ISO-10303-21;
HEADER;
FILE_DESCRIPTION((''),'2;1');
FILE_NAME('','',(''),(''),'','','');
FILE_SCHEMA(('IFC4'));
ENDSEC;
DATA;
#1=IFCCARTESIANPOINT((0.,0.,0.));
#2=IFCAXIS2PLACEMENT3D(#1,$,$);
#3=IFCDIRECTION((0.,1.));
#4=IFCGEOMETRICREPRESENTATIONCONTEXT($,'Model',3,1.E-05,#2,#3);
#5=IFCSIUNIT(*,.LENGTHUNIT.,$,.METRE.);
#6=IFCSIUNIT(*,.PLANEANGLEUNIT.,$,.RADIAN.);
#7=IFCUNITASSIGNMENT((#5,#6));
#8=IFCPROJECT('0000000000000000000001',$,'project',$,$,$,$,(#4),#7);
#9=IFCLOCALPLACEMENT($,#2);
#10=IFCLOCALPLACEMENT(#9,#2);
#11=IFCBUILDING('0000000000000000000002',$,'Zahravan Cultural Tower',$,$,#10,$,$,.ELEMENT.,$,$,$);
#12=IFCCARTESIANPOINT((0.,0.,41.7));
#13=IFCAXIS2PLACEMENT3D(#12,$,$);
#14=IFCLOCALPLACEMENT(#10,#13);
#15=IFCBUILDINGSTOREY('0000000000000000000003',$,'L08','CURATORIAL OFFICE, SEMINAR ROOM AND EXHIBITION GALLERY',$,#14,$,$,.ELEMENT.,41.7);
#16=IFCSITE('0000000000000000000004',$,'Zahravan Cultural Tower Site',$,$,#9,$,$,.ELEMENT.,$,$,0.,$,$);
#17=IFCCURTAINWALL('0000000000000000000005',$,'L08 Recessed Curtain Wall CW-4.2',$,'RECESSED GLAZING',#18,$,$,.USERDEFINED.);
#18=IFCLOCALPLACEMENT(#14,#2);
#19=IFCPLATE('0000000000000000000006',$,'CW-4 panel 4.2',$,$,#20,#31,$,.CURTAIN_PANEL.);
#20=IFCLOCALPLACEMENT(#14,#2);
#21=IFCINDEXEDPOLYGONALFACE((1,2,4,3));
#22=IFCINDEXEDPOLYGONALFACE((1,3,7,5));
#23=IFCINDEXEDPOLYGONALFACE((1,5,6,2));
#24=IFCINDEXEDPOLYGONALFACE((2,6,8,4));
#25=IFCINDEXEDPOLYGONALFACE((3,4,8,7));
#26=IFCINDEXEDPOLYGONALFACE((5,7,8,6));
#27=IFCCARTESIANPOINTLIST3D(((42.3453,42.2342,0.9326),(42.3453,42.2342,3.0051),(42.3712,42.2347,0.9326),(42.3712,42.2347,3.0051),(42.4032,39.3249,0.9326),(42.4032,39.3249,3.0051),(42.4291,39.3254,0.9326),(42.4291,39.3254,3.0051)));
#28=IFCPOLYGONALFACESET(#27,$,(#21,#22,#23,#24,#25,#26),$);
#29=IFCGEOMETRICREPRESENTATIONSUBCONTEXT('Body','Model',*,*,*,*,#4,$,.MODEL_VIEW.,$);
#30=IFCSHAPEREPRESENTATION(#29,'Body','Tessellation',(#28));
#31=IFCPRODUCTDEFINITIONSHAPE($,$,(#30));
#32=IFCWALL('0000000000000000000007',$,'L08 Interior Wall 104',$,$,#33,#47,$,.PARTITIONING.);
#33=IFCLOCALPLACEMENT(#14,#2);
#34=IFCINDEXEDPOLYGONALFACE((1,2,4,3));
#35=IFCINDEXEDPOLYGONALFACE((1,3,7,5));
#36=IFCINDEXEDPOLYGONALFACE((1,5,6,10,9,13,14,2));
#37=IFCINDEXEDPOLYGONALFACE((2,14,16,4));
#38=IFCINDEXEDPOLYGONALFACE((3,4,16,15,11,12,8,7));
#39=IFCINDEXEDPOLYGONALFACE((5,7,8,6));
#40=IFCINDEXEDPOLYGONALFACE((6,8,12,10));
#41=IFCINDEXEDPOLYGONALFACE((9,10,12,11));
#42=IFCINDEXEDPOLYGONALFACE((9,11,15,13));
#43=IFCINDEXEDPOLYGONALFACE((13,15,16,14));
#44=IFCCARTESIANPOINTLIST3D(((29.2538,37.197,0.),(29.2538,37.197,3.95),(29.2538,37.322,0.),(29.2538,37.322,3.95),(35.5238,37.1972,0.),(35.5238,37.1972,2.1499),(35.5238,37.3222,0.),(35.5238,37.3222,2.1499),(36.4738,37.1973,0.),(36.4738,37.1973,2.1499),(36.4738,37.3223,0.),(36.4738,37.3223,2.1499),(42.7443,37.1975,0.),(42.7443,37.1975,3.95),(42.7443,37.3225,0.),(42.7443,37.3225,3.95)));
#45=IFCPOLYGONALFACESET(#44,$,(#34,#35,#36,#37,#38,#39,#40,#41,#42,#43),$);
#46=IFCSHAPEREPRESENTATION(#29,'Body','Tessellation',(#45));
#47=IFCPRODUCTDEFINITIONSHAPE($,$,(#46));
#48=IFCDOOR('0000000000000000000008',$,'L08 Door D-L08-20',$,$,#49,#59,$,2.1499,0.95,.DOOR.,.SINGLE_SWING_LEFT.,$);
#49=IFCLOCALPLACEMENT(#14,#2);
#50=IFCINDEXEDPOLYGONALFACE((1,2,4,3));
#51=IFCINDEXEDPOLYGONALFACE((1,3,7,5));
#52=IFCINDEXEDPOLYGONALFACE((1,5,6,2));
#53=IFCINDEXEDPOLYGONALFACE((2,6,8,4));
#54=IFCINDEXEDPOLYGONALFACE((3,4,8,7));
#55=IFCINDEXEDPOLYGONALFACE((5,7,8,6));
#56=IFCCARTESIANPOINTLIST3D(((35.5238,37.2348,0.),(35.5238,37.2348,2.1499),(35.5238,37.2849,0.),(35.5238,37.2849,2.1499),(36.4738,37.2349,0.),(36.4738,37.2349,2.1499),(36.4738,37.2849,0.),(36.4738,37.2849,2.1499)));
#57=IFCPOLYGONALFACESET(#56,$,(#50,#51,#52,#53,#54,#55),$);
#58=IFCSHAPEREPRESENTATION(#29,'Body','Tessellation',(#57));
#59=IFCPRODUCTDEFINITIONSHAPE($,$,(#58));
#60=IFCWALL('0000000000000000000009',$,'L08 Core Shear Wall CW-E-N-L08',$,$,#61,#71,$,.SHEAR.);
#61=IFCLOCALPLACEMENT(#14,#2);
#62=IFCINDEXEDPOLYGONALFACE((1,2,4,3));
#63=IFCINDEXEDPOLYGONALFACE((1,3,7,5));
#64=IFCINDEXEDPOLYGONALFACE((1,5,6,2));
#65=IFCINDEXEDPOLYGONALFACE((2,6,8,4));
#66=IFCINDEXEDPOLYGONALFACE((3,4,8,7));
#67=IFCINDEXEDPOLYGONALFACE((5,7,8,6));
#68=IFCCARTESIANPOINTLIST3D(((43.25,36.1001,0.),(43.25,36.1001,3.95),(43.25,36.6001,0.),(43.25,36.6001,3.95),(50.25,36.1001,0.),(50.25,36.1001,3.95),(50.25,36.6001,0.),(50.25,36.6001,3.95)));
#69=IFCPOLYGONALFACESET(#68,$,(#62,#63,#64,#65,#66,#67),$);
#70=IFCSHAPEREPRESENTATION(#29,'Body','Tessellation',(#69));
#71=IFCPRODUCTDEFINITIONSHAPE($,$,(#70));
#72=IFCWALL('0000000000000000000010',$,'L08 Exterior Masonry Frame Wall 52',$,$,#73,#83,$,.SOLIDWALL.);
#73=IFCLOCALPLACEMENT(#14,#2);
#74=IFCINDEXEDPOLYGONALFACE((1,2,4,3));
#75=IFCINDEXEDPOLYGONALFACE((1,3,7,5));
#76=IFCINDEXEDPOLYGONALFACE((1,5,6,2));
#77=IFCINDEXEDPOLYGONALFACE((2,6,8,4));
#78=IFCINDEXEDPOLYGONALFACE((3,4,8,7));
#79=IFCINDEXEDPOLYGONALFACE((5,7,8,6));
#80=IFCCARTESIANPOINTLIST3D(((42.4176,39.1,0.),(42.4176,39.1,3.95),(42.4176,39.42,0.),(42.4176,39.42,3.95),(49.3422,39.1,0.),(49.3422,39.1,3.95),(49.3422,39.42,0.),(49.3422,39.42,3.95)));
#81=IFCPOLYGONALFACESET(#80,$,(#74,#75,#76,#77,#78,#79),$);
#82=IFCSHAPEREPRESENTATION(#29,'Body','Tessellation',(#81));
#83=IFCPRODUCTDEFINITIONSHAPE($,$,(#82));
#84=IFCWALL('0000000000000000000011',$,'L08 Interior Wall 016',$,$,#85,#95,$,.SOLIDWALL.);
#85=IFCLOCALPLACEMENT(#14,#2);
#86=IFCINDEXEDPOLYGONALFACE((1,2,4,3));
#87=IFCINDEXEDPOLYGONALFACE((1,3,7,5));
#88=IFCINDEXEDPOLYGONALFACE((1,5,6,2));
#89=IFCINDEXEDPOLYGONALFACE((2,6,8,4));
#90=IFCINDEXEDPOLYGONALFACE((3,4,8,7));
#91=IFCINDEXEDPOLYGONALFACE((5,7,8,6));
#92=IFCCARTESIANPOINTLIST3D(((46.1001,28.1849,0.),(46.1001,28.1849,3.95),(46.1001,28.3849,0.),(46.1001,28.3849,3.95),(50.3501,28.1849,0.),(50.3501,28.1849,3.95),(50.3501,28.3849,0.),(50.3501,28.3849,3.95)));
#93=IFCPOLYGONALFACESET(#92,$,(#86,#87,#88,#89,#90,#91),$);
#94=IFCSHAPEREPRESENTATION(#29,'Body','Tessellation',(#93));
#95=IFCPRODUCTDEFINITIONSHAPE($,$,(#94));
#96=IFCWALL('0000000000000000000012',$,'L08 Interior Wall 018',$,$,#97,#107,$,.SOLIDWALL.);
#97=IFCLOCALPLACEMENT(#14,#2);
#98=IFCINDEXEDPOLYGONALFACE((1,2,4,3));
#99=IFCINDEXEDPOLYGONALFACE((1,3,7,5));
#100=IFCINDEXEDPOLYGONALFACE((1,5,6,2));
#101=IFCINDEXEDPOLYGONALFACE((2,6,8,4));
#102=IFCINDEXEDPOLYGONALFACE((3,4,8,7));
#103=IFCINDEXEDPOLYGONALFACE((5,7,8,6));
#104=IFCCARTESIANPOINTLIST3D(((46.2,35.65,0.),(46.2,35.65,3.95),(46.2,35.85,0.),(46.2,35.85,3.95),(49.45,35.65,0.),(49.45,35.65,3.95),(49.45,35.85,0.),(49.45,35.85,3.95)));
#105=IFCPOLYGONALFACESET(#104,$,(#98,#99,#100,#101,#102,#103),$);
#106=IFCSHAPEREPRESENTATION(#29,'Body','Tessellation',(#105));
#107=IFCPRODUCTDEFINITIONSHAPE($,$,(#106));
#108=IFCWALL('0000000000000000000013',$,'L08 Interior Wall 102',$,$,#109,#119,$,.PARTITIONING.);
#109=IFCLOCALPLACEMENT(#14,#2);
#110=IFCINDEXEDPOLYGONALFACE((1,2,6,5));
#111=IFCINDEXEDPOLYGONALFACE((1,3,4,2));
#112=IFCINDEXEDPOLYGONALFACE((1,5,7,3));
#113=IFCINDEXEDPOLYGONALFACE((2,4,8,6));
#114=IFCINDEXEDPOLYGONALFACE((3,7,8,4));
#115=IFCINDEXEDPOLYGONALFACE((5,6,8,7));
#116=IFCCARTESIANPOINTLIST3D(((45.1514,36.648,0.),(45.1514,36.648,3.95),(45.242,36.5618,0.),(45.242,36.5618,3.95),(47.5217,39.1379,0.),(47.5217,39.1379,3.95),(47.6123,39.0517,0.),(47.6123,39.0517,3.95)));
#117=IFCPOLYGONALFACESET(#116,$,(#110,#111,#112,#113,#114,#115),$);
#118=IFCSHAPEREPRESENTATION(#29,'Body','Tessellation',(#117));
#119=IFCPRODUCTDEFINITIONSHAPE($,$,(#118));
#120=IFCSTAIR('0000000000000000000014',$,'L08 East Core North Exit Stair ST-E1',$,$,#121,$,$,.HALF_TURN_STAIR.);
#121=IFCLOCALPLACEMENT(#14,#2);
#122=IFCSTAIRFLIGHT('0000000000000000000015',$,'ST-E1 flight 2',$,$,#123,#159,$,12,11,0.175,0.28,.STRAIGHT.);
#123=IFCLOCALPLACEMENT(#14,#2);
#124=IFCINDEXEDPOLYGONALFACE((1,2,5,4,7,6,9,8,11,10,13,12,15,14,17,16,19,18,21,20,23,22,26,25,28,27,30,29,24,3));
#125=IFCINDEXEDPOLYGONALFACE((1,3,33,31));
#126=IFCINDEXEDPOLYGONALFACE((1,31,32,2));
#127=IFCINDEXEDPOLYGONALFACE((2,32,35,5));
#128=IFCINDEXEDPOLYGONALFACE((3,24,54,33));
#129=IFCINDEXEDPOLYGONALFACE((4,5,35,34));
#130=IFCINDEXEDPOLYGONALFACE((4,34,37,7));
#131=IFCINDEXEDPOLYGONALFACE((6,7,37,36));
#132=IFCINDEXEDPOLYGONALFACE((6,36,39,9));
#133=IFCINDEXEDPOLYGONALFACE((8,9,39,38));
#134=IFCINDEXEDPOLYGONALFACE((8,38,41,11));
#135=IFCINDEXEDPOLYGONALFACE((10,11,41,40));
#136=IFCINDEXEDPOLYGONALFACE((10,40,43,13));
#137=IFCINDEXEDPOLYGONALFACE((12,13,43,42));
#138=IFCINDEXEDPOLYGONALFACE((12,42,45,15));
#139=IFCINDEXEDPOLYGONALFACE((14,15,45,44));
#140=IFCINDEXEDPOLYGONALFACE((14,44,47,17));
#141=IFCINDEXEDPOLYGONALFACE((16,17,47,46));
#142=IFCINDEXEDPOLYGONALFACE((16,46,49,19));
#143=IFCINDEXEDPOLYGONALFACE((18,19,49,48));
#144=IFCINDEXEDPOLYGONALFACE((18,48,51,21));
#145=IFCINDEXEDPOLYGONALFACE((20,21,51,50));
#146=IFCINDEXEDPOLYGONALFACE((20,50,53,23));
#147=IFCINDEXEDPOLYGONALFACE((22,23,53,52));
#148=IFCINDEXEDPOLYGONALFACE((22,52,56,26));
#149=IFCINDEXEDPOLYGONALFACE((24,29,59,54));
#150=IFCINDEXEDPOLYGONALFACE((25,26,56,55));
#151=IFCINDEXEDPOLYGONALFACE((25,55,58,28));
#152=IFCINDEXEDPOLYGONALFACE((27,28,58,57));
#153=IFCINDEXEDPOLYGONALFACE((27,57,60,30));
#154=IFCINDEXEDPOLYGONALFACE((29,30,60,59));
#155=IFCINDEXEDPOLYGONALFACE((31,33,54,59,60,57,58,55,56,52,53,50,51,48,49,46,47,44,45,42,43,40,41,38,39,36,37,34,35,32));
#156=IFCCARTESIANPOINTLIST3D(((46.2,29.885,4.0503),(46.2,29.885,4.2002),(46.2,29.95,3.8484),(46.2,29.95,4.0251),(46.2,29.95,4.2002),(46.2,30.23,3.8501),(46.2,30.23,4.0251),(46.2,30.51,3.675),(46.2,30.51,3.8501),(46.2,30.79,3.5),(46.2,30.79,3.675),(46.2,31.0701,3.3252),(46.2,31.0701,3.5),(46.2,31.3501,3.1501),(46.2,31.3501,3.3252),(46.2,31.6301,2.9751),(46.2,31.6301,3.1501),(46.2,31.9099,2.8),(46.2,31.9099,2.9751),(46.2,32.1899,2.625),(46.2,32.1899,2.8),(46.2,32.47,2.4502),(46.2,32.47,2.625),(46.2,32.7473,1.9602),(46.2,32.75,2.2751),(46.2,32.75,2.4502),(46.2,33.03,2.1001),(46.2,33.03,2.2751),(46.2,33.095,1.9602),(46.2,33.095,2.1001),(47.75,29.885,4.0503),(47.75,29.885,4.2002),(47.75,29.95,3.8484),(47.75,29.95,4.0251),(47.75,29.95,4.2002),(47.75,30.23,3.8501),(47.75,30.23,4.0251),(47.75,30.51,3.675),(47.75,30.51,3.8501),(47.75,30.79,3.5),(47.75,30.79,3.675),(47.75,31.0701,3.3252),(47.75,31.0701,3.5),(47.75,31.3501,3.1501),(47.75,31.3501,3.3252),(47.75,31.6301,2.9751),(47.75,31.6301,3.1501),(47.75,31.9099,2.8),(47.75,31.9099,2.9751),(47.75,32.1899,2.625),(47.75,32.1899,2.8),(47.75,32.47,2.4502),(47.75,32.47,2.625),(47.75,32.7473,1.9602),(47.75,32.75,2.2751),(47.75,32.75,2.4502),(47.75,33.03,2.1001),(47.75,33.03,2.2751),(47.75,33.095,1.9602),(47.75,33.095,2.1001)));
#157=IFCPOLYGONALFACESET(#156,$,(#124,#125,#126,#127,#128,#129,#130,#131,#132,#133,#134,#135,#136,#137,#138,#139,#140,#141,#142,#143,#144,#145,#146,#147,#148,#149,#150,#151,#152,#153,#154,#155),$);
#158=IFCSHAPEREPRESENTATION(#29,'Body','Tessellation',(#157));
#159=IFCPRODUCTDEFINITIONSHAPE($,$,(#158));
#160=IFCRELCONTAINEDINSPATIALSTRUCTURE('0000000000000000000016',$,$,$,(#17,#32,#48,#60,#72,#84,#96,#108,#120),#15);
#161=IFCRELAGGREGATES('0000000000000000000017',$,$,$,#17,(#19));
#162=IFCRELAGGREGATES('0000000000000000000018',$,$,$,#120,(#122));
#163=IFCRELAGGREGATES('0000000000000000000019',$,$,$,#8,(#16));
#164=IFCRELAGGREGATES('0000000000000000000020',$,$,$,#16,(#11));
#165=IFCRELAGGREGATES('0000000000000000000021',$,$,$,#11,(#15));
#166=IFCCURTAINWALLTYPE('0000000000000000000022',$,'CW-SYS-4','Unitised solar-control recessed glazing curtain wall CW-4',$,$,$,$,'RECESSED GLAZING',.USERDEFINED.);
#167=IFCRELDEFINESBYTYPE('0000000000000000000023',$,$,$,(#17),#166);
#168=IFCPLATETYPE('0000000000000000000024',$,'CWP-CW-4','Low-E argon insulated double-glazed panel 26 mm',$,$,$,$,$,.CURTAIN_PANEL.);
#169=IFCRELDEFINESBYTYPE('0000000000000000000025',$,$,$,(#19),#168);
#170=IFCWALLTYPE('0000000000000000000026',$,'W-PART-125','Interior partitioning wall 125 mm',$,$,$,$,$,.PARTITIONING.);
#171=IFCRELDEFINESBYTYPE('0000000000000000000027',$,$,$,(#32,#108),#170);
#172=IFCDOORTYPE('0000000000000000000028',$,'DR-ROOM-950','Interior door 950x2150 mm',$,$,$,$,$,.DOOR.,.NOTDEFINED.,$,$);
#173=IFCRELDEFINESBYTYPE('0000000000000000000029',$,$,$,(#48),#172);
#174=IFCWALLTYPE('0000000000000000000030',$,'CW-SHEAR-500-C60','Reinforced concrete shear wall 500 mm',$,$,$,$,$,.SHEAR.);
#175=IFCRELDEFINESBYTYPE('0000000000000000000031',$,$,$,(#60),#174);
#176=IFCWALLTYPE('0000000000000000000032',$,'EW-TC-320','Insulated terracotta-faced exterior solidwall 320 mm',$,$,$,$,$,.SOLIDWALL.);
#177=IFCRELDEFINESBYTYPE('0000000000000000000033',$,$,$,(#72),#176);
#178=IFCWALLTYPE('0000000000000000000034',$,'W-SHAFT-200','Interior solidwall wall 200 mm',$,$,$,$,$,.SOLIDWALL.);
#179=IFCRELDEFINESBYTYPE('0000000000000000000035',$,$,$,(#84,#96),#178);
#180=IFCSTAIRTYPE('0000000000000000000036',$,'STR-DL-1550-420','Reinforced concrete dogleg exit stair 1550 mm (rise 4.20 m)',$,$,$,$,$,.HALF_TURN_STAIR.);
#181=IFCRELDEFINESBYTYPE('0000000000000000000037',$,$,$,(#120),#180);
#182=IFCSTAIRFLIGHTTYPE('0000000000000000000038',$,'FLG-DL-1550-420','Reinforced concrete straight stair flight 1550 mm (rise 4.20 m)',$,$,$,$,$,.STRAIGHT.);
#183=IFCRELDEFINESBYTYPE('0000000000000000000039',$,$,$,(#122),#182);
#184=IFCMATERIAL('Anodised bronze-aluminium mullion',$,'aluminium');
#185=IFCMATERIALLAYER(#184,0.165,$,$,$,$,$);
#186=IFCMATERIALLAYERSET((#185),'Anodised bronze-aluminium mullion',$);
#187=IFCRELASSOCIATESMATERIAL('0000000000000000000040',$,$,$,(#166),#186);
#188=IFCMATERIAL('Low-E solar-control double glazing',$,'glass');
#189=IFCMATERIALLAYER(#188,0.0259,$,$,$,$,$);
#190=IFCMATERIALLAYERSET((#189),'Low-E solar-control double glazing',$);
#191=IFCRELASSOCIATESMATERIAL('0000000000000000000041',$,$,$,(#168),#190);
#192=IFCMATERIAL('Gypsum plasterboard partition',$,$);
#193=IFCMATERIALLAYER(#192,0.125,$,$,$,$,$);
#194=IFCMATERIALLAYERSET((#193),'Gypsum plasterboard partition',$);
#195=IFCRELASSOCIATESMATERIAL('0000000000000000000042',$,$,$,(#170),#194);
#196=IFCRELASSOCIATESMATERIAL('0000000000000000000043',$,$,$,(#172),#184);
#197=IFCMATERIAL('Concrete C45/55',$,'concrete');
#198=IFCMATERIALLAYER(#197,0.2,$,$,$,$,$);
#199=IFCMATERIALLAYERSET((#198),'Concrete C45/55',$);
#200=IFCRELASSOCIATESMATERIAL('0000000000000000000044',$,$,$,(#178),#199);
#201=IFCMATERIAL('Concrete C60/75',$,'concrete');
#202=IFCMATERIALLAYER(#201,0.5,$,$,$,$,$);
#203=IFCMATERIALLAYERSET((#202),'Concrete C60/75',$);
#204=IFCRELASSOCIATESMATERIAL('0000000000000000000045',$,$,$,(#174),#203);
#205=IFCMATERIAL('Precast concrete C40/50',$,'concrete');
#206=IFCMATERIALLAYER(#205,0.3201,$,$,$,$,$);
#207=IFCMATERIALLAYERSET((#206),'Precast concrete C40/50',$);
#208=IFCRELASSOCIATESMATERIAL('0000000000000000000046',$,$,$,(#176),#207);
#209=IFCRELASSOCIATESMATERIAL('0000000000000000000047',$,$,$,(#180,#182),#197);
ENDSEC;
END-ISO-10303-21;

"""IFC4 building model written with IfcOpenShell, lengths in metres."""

from ifc_helpers import new_model, si_unit, direction, frame, frame_2d, origin, origin_2d, place, context, subcontext, project, spatial, polyline, rectangle, outline, extrude, source, transform, mapped, material, layer, layer_set, type_object, element, fill, aggregate, save


model = new_model("IFC4")

# Units and contexts
model_context = context("Model", 3, precision=1e-05, world=origin(), true_north=direction((0.0, 1.0)))
body_context = subcontext(model_context, "Body", "Model", "MODEL_VIEW")
ifc_project = project(units=[si_unit("LENGTHUNIT", "METRE"), si_unit("PLANEANGLEUNIT", "RADIAN")], contexts=[model_context])

# Site, building, storey
site_placement = place(None, origin())
site = spatial("IfcSite", under=ifc_project, at=site_placement, Name="Zahravan Cultural Tower Site", CompositionType="ELEMENT", RefElevation=0.0)
building_placement = place(site_placement, origin())
building = spatial("IfcBuilding", under=site, at=building_placement, Name="Zahravan Cultural Tower", CompositionType="ELEMENT")
storey_placement = place(building_placement, frame((0.0, 0.0, 41.7)))
storey = spatial("IfcBuildingStorey", under=building, at=storey_placement, Name="L08", Description="CURATORIAL OFFICE, SEMINAR ROOM AND EXHIBITION GALLERY", CompositionType="ELEMENT", Elevation=41.7)

# Shared definitions
ifc_material_1 = material(Name="Concrete C60/75", Category="concrete")

# Curtain wall, plate
ifc_material_2 = material(Name="Anodised bronze-aluminium mullion", Category="aluminium")
ifc_layer_1 = layer(ifc_material_2, 0.165)
ifc_layer_set_1 = layer_set([ifc_layer_1], Name="Anodised bronze-aluminium mullion")
curtain_wall_type = type_object("IfcCurtainWallType", Name="CW-SYS-4", Description="Unitised solar-control recessed glazing curtain wall CW-4", ElementType="RECESSED GLAZING", PredefinedType="USERDEFINED", material=ifc_layer_set_1)
curtain_wall_placement = place(storey_placement, origin())
curtain_wall = element("IfcCurtainWall", 1, at=curtain_wall_placement, inside=storey, type_object=curtain_wall_type, Name="L08 Recessed Curtain Wall CW-4.2", ObjectType="RECESSED GLAZING", PredefinedType="USERDEFINED")
ifc_material_3 = material(Name="Low-E solar-control double glazing", Category="glass")
ifc_layer_2 = layer(ifc_material_3, 0.0259)
ifc_layer_set_2 = layer_set([ifc_layer_2], Name="Low-E solar-control double glazing")
plate_type = type_object("IfcPlateType", Name="CWP-CW-4", Description="Low-E argon insulated double-glazed panel 26 mm", PredefinedType="CURTAIN_PANEL", material=ifc_layer_set_2)
shared_shape_1 = source(origin(), body_context, "Body", "SweptSolid", [
    extrude(rectangle(XDim=2.9099, YDim=0.0259, at=origin_2d()), origin(), (0.0, 0.0, 1.0), 2.0725),
])
plate_1_placement = place(storey_placement, frame((42.3872, 40.7798, 0.9326), z_axis=(0.0, 0.0, 1.0), x_axis=(0.0199, -0.999802, 0.0)))
plate_1 = element("IfcPlate", 2, at=plate_1_placement, type_object=plate_type, Name="CW-4 panel 4.2", PredefinedType="CURTAIN_PANEL", context=body_context, shape_type="MappedRepresentation", body=[
    mapped(shared_shape_1, transform((0.0, 0.0, 0.0), x_axis=(1.0, 0.0, 0.0), y_axis=(0.0, 1.0, 0.0), z_axis=(0.0, 0.0, 1.0), scale=1.0)),
])
aggregate(curtain_wall, [plate_1])

# Wall, opening, door
ifc_material_4 = material(Name="Gypsum plasterboard partition")
ifc_layer_3 = layer(ifc_material_4, 0.125)
ifc_layer_set_3 = layer_set([ifc_layer_3], Name="Gypsum plasterboard partition")
wall_type_1 = type_object("IfcWallType", Name="W-PART-125", Description="Interior partitioning wall 125 mm", PredefinedType="PARTITIONING", material=ifc_layer_set_3)
wall_1_placement = place(storey_placement, frame((42.7441, 37.26, 0.0), z_axis=(0.0, 0.0, 1.0), x_axis=(-1.0, -0.000036, 0.0)))
wall_1 = element("IfcWall", 3, at=wall_1_placement, inside=storey, type_object=wall_type_1, Name="L08 Interior Wall 104", PredefinedType="PARTITIONING", context=body_context, shape_type="SweptSolid", body=[
    extrude(rectangle(XDim=13.4905, YDim=0.125, at=frame_2d((6.7451, 0.0))), origin(), (0.0, 0.0, 1.0), 3.95),
])
opening_1_placement = place(wall_1_placement, frame((6.2703, 0.0, 0.0)))
opening_1 = element("IfcOpeningElement", 4, at=opening_1_placement, cuts=wall_1, PredefinedType="OPENING", context=body_context, shape_type="SweptSolid", body=[
    extrude(rectangle(XDim=0.95, YDim=2.1499, at=frame_2d((0.4751, 1.075))), frame((0.0, 0.0725, 0.0), z_axis=(0.0, -1.0, 0.0), x_axis=(1.0, 0.0, 0.0)), (0.0, 0.0, 1.0), 0.145),
])
door_type_1 = type_object("IfcDoorType", Name="DR-ROOM-950", Description="Interior door 950x2150 mm", OperationType="NOTDEFINED", PredefinedType="DOOR", material=ifc_material_2)
shared_shape_2 = source(origin(), body_context, "Body", "SweptSolid", [
    extrude(rectangle(XDim=0.95, YDim=2.1499, at=frame_2d((0.4751, 1.075))), frame((0.0, 0.0249, 0.0), z_axis=(0.0, -1.0, 0.0), x_axis=(1.0, 0.0, 0.0)), (0.0, 0.0, 1.0), 0.05),
])
door_1_placement = place(opening_1_placement, origin())
door_1 = element("IfcDoor", 5, at=door_1_placement, inside=storey, type_object=door_type_1, Name="L08 Door D-L08-20", OperationType="SINGLE_SWING_LEFT", OverallHeight=2.1499, OverallWidth=0.95, PredefinedType="DOOR", context=body_context, shape_type="MappedRepresentation", body=[
    mapped(shared_shape_2, transform((0.0, 0.0, 0.0), x_axis=(1.0, 0.0, 0.0), y_axis=(0.0, 1.0, 0.0), z_axis=(0.0, 0.0, 1.0), scale=1.0)),
])
fill(opening_1, door_1)
ifc_material_5 = material(Name="Concrete C45/55", Category="concrete")
ifc_layer_4 = layer(ifc_material_5, 0.2)
ifc_layer_set_4 = layer_set([ifc_layer_4], Name="Concrete C45/55")
wall_type_2 = type_object("IfcWallType", Name="W-SHAFT-200", Description="Interior solidwall wall 200 mm", PredefinedType="SOLIDWALL", material=ifc_layer_set_4)

# Walls
ifc_layer_5 = layer(ifc_material_1, 0.5)
ifc_layer_set_5 = layer_set([ifc_layer_5], Name="Concrete C60/75")
wall_type_3 = type_object("IfcWallType", Name="CW-SHEAR-500-C60", Description="Reinforced concrete shear wall 500 mm", PredefinedType="SHEAR", material=ifc_layer_set_5)
shared_shape_3 = source(origin(), body_context, "Body", "SweptSolid", [
    extrude(rectangle(XDim=7.0, YDim=0.5, at=frame_2d((3.5, 0.0))), origin(), (0.0, 0.0, 1.0), 3.95),
])
wall_2_placement = place(storey_placement, frame((43.25, 36.3501, 0.0), z_axis=(0.0, 0.0, 1.0), x_axis=(1.0, 0.0, 0.0)))
element("IfcWall", 6, at=wall_2_placement, inside=storey, type_object=wall_type_3, Name="L08 Core Shear Wall CW-E-N-L08", PredefinedType="SHEAR", context=body_context, shape_type="MappedRepresentation", body=[
    mapped(shared_shape_3, transform((0.0, 0.0, 0.0), x_axis=(1.0, 0.0, 0.0), y_axis=(0.0, 1.0, 0.0), z_axis=(0.0, 0.0, 1.0), scale=1.0)),
])
ifc_material_6 = material(Name="Precast concrete C40/50", Category="concrete")
ifc_layer_6 = layer(ifc_material_6, 0.3201)
ifc_layer_set_6 = layer_set([ifc_layer_6], Name="Precast concrete C40/50")
wall_type_4 = type_object("IfcWallType", Name="EW-TC-320", Description="Insulated terracotta-faced exterior solidwall 320 mm", PredefinedType="SOLIDWALL", material=ifc_layer_set_6)
shared_shape_4 = source(origin(), body_context, "Body", "SweptSolid", [
    extrude(rectangle(XDim=6.9246, YDim=0.3201, at=frame_2d((3.4624, 0.0))), origin(), (0.0, 0.0, 1.0), 3.95),
])
wall_3_placement = place(storey_placement, frame((42.4175, 39.26, 0.0), z_axis=(0.0, 0.0, 1.0), x_axis=(1.0, 0.0, 0.0)))
element("IfcWall", 7, at=wall_3_placement, inside=storey, type_object=wall_type_4, Name="L08 Exterior Masonry Frame Wall 52", PredefinedType="SOLIDWALL", context=body_context, shape_type="MappedRepresentation", body=[
    mapped(shared_shape_4, transform((0.0, 0.0, 0.0), x_axis=(1.0, 0.0, 0.0), y_axis=(0.0, 1.0, 0.0), z_axis=(0.0, 0.0, 1.0), scale=1.0)),
])
shared_shape_5 = source(origin(), body_context, "Body", "SweptSolid", [
    extrude(rectangle(XDim=4.25, YDim=0.2, at=frame_2d((2.125, 0.0))), origin(), (0.0, 0.0, 1.0), 3.95),
])
wall_4_placement = place(storey_placement, frame((46.1001, 28.2849, 0.0), z_axis=(0.0, 0.0, 1.0), x_axis=(1.0, 0.0, 0.0)))
element("IfcWall", 8, at=wall_4_placement, inside=storey, type_object=wall_type_2, Name="L08 Interior Wall 016", PredefinedType="SOLIDWALL", context=body_context, shape_type="MappedRepresentation", body=[
    mapped(shared_shape_5, transform((0.0, 0.0, 0.0), x_axis=(1.0, 0.0, 0.0), y_axis=(0.0, 1.0, 0.0), z_axis=(0.0, 0.0, 1.0), scale=1.0)),
])
shared_shape_6 = source(origin(), body_context, "Body", "SweptSolid", [
    extrude(rectangle(XDim=3.25, YDim=0.2, at=frame_2d((1.625, 0.0))), origin(), (0.0, 0.0, 1.0), 3.95),
])
wall_5_placement = place(storey_placement, frame((46.2, 35.75, 0.0), z_axis=(0.0, 0.0, 1.0), x_axis=(1.0, 0.0, 0.0)))
element("IfcWall", 9, at=wall_5_placement, inside=storey, type_object=wall_type_2, Name="L08 Interior Wall 018", PredefinedType="SOLIDWALL", context=body_context, shape_type="MappedRepresentation", body=[
    mapped(shared_shape_6, transform((0.0, 0.0, 0.0), x_axis=(1.0, 0.0, 0.0), y_axis=(0.0, 1.0, 0.0), z_axis=(0.0, 0.0, 1.0), scale=1.0)),
])
shared_shape_7 = source(origin(), body_context, "Body", "SweptSolid", [
    extrude(rectangle(XDim=3.4377, YDim=0.125, at=frame_2d((1.7188, 0.0))), origin(), (0.0, 0.0, 1.0), 3.95),
])
wall_6_placement = place(storey_placement, frame((45.1968, 36.605, 0.0), z_axis=(0.0, 0.0, 1.0), x_axis=(0.689494, 0.724292, 0.0)))
element("IfcWall", 10, at=wall_6_placement, inside=storey, type_object=wall_type_1, Name="L08 Interior Wall 102", PredefinedType="PARTITIONING", context=body_context, shape_type="MappedRepresentation", body=[
    mapped(shared_shape_7, transform((0.0, 0.0, 0.0), x_axis=(1.0, 0.0, 0.0), y_axis=(0.0, 1.0, 0.0), z_axis=(0.0, 0.0, 1.0), scale=1.0)),
])

# Stair, stair flight
stair_type = type_object("IfcStairType", Name="STR-DL-1550-420", Description="Reinforced concrete dogleg exit stair 1550 mm (rise 4.20 m)", PredefinedType="HALF_TURN_STAIR", material=ifc_material_5)
stair_placement = place(storey_placement, origin())
stair = element("IfcStair", 11, at=stair_placement, inside=storey, type_object=stair_type, Name="L08 East Core North Exit Stair ST-E1", PredefinedType="HALF_TURN_STAIR")
stair_flight_type = type_object("IfcStairFlightType", Name="FLG-DL-1550-420", Description="Reinforced concrete straight stair flight 1550 mm (rise 4.20 m)", PredefinedType="STRAIGHT", material=ifc_material_5)
stair_flight_placement = place(storey_placement, frame((46.9751, 33.03, 2.1001), z_axis=(0.0, 0.0, 1.0), x_axis=(0.0, -1.0, 0.0)))
stair_flight = element("IfcStairFlight", 12, at=stair_flight_placement, type_object=stair_flight_type, Name="ST-E1 flight 2", NumberOfRisers=12, NumberOfTreads=11, PredefinedType="STRAIGHT", RiserHeight=0.175, TreadLength=0.28, context=body_context, shape_type="SweptSolid", body=[
    extrude(outline(polyline([(-0.0649, -0.1399), (-0.0649, 0.0), (0.0, 0.0), (0.0, 0.175), (0.28, 0.175), (0.28, 0.3501), (0.5601, 0.3501), (0.5601, 0.5249), (0.8401, 0.5249), (0.8401, 0.7), (1.1201, 0.7), (1.1201, 0.875), (1.3999, 0.875), (1.3999, 1.05), (1.6799, 1.05), (1.6799, 1.2251), (1.96, 1.2251), (1.96, 1.3999), (2.24, 1.3999), (2.24, 1.575), (2.52, 1.575), (2.52, 1.75), (2.8, 1.75), (2.8, 1.925), (3.0801, 1.925), (3.0801, 2.1001), (3.145, 2.1001), (3.145, 1.9502), (3.0801, 1.7483), (0.2827, -0.1399), (-0.0649, -0.1399)])), frame((0.0, 0.7749, 0.0), z_axis=(0.0, -1.0, 0.0), x_axis=(1.0, 0.0, 0.0)), (0.0, 0.0, 1.0), 1.55),
])
aggregate(stair, [stair_flight])

save(model, "model.ifc")
